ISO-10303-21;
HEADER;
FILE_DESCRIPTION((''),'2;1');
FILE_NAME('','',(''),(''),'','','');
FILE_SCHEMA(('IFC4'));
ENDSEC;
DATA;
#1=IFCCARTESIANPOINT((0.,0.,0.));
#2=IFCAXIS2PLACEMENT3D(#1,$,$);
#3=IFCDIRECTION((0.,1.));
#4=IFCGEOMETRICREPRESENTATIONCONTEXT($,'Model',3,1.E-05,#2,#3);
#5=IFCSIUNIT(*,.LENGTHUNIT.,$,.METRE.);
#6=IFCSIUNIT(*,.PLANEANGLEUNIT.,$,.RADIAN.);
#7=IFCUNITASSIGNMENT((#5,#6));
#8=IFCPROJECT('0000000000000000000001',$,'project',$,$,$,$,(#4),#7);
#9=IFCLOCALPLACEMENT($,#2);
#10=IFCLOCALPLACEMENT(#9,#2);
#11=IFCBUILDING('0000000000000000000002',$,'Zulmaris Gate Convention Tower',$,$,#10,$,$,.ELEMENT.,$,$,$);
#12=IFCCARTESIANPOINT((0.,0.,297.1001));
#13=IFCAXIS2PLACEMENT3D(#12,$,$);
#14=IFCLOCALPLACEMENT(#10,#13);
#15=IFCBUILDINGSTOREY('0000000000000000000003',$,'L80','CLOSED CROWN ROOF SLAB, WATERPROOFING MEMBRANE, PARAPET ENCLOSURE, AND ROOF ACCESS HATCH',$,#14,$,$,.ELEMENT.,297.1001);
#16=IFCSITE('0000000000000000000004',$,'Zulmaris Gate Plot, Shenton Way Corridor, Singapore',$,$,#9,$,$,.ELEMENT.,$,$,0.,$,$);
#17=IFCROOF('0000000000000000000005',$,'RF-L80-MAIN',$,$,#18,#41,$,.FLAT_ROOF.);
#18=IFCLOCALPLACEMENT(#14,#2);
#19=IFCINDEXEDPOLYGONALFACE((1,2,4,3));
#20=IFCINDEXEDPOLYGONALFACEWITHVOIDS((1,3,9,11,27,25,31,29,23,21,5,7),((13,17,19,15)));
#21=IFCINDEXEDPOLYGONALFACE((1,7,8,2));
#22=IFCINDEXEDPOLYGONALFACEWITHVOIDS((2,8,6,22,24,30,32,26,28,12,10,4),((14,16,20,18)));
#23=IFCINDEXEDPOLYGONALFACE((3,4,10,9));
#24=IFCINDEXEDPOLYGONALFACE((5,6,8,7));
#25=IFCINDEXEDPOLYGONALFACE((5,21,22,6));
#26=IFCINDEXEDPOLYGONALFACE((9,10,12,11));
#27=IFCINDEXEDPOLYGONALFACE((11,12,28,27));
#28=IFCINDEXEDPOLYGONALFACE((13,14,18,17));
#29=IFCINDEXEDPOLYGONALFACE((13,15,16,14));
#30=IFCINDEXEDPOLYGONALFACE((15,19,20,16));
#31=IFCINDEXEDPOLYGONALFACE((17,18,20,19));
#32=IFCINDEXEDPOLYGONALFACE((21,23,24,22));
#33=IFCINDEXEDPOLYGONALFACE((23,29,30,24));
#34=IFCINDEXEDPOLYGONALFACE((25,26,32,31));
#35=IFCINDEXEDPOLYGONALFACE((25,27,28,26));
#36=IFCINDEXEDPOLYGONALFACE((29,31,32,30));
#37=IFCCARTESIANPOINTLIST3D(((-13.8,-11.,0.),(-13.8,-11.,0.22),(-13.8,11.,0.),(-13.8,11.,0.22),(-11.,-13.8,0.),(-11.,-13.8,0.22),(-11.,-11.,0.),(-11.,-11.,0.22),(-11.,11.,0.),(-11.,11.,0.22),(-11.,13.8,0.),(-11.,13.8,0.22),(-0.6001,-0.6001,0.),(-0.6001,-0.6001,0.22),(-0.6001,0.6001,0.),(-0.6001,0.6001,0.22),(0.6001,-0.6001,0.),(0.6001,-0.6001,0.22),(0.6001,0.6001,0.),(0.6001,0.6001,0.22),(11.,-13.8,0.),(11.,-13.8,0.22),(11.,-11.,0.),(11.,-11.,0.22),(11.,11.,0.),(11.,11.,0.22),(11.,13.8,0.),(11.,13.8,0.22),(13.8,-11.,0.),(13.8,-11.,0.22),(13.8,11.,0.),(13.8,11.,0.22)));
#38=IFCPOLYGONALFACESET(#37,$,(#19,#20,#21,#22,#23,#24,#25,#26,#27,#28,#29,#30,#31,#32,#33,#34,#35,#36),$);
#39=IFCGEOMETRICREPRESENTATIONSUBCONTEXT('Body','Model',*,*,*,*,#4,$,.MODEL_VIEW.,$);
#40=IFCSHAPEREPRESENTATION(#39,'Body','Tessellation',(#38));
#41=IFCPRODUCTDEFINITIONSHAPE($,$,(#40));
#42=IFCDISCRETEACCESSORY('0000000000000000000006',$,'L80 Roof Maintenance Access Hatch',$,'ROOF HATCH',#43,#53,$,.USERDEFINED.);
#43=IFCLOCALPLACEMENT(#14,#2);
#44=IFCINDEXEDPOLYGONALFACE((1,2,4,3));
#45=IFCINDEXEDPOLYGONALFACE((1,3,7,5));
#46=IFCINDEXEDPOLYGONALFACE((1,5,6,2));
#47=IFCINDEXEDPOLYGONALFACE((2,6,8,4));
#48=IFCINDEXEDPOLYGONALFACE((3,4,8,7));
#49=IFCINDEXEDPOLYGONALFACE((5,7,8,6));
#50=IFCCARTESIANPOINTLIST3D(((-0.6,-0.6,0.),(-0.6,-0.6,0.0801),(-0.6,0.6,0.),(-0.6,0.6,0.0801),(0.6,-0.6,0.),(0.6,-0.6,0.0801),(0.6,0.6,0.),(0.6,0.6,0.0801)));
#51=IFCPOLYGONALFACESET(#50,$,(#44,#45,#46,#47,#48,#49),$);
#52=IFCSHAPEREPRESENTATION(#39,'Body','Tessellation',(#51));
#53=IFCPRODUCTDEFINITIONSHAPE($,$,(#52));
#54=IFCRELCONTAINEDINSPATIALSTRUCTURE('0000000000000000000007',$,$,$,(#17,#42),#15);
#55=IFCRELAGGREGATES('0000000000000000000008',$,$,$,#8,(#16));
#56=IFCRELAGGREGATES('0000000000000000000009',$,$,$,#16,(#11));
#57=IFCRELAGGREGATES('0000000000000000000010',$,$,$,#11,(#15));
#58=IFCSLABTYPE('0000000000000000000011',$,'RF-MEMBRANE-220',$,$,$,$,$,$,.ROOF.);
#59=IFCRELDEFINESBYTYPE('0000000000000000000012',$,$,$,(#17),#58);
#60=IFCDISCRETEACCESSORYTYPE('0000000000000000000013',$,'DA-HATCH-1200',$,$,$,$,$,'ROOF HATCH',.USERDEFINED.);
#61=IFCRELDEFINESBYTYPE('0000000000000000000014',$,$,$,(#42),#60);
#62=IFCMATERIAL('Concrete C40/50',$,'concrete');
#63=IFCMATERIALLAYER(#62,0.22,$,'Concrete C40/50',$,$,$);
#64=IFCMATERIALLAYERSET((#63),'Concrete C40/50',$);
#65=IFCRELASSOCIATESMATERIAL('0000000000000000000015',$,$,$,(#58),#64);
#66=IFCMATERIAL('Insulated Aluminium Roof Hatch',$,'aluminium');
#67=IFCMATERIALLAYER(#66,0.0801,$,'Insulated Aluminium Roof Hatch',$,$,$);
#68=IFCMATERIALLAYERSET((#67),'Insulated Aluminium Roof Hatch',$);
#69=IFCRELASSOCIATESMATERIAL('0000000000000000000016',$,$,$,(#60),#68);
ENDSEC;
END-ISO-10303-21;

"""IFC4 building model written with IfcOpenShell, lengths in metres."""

from ifc_helpers import new_model, si_unit, direction, frame, origin, origin_with_axes, origin_2d, place, context, subcontext, project, spatial, polyline, rectangle, outline, extrude, material, layer, layer_set, type_object, element, save


model = new_model("IFC4")

# Units and contexts
model_context = context("Model", 3, precision=1e-05, world=origin(), true_north=direction((0.0, 1.0)))
body_context = subcontext(model_context, "Body", "Model", "MODEL_VIEW")
ifc_project = project(units=[si_unit("LENGTHUNIT", "METRE"), si_unit("PLANEANGLEUNIT", "RADIAN")], contexts=[model_context])

# Site, building, storey
site_placement = place(None, origin())
site = spatial("IfcSite", under=ifc_project, at=site_placement, Name="Zulmaris Gate Plot, Shenton Way Corridor, Singapore", CompositionType="ELEMENT", RefElevation=0.0)
building_placement = place(site_placement, origin())
building = spatial("IfcBuilding", under=site, at=building_placement, Name="Zulmaris Gate Convention Tower", CompositionType="ELEMENT")
storey_placement = place(building_placement, frame((0.0, 0.0, 297.1001)))
storey = spatial("IfcBuildingStorey", under=building, at=storey_placement, Name="L80", Description="CLOSED CROWN ROOF SLAB, WATERPROOFING MEMBRANE, PARAPET ENCLOSURE, AND ROOF ACCESS HATCH", CompositionType="ELEMENT", Elevation=297.1001)

# Roof
ifc_material_1 = material(Name="Concrete C40/50", Category="concrete")
ifc_layer_1 = layer(ifc_material_1, 0.22, Name="Concrete C40/50")
ifc_layer_set_1 = layer_set([ifc_layer_1], Name="Concrete C40/50")
slab_type_1 = type_object("IfcSlabType", Name="RF-MEMBRANE-220", PredefinedType="ROOF", material=ifc_layer_set_1)
roof_placement = place(storey_placement, origin())
element("IfcRoof", 1, at=roof_placement, inside=storey, type_object=slab_type_1, Name="RF-L80-MAIN", PredefinedType="FLAT_ROOF", context=body_context, shape_type="SweptSolid", body=[
    extrude(outline(polyline([(-11.0, -13.8), (11.0, -13.8), (11.0, -11.0), (13.8, -11.0), (13.8, 11.0), (11.0, 11.0), (11.0, 13.8), (-11.0, 13.8), (-11.0, 11.0), (-13.8, 11.0), (-13.8, -11.0), (-11.0, -11.0), (-11.0, -13.8)]), holes=[polyline([(-0.6001, -0.6001), (0.6001, -0.6001), (0.6001, 0.6001), (-0.6001, 0.6001), (-0.6001, -0.6001)])]), origin(), (0.0, 0.0, 1.0), 0.22),
])

# Discrete accessory
ifc_material_2 = material(Name="Insulated Aluminium Roof Hatch", Category="aluminium")
ifc_layer_2 = layer(ifc_material_2, 0.0801, Name="Insulated Aluminium Roof Hatch")
ifc_layer_set_2 = layer_set([ifc_layer_2], Name="Insulated Aluminium Roof Hatch")
discrete_accessory_type = type_object("IfcDiscreteAccessoryType", Name="DA-HATCH-1200", ElementType="ROOF HATCH", PredefinedType="USERDEFINED", material=ifc_layer_set_2)
discrete_accessory_placement = place(storey_placement, origin_with_axes())
element("IfcDiscreteAccessory", 2, at=discrete_accessory_placement, inside=storey, type_object=discrete_accessory_type, Name="L80 Roof Maintenance Access Hatch", ObjectType="ROOF HATCH", PredefinedType="USERDEFINED", context=body_context, shape_type="SweptSolid", body=[
    extrude(rectangle(XDim=1.2, YDim=1.2, at=origin_2d()), origin(), (0.0, 0.0, 1.0), 0.0801),
])

save(model, "model.ifc")
